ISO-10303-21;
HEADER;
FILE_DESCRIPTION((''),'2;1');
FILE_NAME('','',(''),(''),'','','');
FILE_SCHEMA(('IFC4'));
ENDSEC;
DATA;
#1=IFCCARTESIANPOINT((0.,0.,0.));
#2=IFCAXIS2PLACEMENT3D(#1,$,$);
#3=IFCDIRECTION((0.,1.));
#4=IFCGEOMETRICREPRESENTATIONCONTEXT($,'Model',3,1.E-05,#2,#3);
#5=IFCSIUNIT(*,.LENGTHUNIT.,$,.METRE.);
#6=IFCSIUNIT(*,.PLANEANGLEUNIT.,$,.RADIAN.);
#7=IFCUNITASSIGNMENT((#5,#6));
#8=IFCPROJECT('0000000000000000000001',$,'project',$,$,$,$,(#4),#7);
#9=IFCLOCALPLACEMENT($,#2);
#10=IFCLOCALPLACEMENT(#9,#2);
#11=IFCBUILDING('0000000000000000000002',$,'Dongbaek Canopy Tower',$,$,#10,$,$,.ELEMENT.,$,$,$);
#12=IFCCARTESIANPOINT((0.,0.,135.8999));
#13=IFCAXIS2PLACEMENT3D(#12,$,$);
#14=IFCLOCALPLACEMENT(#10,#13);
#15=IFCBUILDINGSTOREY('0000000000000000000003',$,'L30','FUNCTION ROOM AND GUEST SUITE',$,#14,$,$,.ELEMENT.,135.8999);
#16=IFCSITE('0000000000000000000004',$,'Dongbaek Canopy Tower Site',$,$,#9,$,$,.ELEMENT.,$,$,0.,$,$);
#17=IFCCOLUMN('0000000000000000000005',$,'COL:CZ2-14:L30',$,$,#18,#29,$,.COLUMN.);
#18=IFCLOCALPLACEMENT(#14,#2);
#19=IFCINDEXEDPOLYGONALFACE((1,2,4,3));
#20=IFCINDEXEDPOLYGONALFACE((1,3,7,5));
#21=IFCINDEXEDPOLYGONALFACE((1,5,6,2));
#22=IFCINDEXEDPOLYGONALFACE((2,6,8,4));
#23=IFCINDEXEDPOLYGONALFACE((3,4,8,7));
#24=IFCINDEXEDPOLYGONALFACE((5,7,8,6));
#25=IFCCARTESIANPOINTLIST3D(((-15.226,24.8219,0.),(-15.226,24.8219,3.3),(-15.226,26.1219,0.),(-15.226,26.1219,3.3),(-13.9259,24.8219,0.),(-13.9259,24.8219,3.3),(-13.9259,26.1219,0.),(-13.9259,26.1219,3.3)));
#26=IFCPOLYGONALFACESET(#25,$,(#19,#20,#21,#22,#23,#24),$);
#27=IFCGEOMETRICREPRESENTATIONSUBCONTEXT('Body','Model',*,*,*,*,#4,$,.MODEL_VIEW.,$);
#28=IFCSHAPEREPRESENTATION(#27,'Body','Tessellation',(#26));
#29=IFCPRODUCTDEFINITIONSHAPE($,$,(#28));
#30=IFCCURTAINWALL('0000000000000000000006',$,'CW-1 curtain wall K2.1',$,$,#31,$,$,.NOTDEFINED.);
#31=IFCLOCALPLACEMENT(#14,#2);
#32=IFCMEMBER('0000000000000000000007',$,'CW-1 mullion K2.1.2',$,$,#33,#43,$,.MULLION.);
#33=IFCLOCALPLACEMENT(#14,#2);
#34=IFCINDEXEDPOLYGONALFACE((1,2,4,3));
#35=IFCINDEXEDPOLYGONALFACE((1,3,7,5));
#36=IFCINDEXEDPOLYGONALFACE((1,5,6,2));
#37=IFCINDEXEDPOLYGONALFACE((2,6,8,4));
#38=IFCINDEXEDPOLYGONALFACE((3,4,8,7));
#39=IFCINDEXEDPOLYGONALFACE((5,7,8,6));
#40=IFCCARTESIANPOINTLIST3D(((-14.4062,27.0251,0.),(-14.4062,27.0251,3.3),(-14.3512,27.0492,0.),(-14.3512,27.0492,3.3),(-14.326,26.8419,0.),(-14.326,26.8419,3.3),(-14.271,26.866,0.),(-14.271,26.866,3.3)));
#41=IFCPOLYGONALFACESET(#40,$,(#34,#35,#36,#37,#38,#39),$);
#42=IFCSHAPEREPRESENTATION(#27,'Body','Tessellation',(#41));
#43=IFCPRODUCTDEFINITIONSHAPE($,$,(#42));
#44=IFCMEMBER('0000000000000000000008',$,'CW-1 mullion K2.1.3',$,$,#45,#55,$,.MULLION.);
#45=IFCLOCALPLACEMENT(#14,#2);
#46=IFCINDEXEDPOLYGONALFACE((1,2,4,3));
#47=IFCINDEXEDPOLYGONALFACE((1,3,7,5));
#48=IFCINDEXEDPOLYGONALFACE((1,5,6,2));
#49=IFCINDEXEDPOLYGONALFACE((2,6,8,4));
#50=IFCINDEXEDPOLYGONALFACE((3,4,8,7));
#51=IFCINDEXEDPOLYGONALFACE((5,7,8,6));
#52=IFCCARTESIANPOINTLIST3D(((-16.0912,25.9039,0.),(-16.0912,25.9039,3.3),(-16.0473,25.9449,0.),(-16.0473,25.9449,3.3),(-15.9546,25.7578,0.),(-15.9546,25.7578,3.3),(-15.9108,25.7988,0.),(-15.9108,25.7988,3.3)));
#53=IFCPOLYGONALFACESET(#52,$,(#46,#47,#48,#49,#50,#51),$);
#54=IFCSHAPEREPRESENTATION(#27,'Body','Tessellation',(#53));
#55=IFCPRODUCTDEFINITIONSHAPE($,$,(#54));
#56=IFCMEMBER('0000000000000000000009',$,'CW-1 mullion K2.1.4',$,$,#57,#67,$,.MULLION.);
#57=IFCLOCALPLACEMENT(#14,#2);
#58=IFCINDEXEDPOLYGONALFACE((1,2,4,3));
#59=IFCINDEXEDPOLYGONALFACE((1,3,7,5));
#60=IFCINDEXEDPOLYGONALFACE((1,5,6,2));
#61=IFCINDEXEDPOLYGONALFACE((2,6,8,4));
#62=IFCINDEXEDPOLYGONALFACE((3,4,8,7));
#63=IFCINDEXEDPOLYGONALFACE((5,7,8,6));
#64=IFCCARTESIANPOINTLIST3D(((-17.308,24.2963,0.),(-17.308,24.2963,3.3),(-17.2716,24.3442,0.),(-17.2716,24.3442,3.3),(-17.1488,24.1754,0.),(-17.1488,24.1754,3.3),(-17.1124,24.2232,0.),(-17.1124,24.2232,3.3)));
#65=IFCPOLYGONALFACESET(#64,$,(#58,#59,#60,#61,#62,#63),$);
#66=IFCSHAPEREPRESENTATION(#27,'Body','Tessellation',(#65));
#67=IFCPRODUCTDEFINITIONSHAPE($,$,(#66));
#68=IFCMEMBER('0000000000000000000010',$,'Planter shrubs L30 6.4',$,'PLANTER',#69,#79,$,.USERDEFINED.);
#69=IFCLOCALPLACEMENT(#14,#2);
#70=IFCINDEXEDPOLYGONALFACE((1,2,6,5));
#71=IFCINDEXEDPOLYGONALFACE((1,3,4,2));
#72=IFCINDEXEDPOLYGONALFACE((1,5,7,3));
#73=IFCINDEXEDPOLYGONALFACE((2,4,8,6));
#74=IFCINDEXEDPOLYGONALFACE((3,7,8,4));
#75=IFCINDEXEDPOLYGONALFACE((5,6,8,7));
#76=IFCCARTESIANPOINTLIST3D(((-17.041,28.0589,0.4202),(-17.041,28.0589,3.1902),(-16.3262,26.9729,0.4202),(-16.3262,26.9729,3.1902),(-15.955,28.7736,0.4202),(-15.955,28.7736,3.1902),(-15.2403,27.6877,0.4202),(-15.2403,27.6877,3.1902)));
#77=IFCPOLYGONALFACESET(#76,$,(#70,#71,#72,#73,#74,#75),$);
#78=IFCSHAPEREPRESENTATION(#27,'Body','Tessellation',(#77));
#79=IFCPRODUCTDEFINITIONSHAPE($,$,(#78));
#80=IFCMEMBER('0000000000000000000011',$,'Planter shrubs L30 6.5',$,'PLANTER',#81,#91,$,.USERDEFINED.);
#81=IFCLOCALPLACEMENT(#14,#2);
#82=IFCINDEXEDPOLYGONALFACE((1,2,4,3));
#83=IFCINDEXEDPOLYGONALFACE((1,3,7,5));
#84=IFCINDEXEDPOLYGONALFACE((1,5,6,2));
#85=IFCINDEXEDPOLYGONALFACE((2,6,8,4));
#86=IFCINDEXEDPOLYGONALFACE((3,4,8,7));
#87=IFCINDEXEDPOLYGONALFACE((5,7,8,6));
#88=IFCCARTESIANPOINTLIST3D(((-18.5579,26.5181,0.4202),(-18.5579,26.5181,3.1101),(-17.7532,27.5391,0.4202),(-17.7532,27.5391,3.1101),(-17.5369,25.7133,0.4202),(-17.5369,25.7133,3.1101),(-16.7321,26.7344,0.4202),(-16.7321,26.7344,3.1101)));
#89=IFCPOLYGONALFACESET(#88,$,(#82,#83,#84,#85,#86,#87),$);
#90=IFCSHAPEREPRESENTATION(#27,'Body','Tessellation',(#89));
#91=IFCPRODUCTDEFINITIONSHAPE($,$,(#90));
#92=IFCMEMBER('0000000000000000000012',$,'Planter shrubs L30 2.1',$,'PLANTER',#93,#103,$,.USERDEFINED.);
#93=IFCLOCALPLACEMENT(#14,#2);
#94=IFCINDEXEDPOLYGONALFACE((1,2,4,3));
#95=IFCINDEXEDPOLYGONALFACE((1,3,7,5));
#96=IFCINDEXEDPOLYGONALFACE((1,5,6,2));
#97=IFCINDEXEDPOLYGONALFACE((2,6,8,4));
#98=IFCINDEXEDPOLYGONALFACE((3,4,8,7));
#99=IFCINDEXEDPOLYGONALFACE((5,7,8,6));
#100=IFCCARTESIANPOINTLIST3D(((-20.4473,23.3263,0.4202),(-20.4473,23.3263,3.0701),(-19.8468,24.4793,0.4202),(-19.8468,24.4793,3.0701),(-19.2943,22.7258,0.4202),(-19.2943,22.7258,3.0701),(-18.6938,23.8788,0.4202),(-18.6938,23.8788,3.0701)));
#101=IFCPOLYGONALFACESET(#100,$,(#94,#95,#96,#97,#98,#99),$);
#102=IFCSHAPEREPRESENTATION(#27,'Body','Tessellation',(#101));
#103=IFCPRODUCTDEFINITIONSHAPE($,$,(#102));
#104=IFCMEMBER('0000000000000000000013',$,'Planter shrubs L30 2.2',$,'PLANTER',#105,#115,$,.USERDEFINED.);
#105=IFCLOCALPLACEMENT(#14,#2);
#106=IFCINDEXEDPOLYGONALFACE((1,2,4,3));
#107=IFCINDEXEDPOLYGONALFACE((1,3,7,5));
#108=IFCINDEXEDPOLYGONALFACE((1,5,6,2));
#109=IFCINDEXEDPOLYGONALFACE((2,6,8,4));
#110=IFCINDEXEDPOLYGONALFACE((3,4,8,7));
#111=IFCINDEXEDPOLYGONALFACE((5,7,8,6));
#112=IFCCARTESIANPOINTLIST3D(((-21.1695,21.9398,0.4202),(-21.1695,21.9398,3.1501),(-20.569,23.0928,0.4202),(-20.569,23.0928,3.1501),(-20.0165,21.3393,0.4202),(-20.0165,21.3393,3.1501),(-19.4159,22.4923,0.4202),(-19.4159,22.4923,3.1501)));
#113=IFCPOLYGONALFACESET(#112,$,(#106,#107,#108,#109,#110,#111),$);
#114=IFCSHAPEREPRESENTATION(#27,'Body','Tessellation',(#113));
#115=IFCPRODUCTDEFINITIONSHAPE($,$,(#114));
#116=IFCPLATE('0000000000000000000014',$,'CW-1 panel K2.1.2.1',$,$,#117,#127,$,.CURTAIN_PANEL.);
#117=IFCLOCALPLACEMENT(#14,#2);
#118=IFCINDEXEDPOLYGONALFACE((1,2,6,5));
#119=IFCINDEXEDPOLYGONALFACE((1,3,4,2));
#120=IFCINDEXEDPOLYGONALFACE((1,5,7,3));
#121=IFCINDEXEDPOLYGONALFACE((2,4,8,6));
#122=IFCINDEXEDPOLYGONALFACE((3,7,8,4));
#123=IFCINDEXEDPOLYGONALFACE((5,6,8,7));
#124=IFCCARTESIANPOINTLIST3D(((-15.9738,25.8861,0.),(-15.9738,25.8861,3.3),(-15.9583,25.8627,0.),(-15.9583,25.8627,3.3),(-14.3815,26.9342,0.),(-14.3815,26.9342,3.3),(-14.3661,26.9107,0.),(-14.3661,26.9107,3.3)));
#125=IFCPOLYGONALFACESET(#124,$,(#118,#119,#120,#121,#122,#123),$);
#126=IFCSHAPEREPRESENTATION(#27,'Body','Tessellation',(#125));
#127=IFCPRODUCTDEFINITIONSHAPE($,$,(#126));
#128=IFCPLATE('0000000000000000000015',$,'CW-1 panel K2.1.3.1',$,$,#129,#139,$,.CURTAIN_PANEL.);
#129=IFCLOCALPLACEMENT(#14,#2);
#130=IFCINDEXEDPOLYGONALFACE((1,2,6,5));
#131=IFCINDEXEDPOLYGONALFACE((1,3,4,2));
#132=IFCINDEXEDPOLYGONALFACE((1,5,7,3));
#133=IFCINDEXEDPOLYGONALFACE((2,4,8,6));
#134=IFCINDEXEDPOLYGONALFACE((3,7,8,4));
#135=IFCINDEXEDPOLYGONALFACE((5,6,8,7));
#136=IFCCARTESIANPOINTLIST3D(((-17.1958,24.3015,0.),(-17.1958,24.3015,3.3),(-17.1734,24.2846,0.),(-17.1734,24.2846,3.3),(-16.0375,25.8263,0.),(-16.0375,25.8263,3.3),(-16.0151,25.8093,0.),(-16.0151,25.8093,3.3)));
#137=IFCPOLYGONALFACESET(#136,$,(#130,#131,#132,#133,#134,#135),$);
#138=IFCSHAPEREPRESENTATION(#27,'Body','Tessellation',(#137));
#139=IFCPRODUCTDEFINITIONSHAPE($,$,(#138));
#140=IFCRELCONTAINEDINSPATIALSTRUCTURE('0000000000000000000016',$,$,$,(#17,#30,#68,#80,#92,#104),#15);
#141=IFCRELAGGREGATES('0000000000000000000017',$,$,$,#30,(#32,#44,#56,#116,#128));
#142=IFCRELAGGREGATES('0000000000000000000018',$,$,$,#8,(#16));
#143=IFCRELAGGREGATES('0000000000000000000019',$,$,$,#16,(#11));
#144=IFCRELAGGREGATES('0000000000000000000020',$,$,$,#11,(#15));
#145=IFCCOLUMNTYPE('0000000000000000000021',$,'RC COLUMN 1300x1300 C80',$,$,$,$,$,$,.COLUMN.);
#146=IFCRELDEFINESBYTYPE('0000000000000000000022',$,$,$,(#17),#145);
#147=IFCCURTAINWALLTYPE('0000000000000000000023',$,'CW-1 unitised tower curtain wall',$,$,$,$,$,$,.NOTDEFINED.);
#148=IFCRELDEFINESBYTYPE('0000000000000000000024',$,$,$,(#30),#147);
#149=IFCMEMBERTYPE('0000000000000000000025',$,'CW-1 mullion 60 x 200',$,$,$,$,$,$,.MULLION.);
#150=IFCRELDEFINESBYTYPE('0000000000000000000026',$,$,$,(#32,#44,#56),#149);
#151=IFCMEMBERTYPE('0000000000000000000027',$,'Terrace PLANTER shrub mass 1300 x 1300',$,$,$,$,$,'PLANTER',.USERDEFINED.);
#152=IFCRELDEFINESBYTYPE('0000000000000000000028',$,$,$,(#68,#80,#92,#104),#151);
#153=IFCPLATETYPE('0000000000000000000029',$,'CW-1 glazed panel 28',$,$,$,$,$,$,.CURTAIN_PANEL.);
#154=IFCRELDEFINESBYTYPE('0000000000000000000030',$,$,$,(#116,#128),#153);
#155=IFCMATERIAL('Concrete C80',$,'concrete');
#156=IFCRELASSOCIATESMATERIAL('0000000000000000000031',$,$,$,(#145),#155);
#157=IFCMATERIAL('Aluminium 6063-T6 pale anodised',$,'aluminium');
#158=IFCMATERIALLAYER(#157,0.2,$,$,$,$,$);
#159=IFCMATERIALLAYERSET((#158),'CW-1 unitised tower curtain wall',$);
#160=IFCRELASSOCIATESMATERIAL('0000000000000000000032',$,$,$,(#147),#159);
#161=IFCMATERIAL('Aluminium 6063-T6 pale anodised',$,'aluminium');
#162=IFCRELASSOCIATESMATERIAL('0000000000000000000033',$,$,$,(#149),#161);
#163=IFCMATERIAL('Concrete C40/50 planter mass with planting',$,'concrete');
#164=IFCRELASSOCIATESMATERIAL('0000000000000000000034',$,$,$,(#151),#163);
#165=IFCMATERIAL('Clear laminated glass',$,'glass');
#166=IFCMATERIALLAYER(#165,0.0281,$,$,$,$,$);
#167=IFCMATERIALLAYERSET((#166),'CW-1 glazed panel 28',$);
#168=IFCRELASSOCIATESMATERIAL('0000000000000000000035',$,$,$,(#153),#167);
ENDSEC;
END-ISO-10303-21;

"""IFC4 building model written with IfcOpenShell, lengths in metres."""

from ifc_helpers import new_model, si_unit, direction, frame, origin, origin_2d, place, context, subcontext, project, spatial, rectangle, extrude, material, layer, layer_set, material_profile, profile_set, type_object, element, aggregate, save


model = new_model("IFC4")

# Units and contexts
model_context = context("Model", 3, precision=1e-05, world=origin(), true_north=direction((0.0, 1.0)))
body_context = subcontext(model_context, "Body", "Model", "MODEL_VIEW")
ifc_project = project(units=[si_unit("LENGTHUNIT", "METRE"), si_unit("PLANEANGLEUNIT", "RADIAN")], contexts=[model_context])

# Site, building, storey
site_placement = place(None, origin())
site = spatial("IfcSite", under=ifc_project, at=site_placement, Name="Dongbaek Canopy Tower Site", CompositionType="ELEMENT", RefElevation=0.0)
building_placement = place(site_placement, origin())
building = spatial("IfcBuilding", under=site, at=building_placement, Name="Dongbaek Canopy Tower", CompositionType="ELEMENT")
storey_placement = place(building_placement, frame((0.0, 0.0, 135.8999)))
storey = spatial("IfcBuildingStorey", under=building, at=storey_placement, Name="L30", Description="FUNCTION ROOM AND GUEST SUITE", CompositionType="ELEMENT", Elevation=135.8999)

# Column
ifc_material_1 = material(Name="Concrete C80", Category="concrete")
ifc_material_profile_1 = material_profile(ifc_material_1, rectangle(XDim=1.3, YDim=1.3, at=origin_2d()), Name="RC COLUMN 1300x1300 C80")
ifc_profile_set_1 = profile_set([ifc_material_profile_1], Name="Concrete C80")
column_type = type_object("IfcColumnType", Name="RC COLUMN 1300x1300 C80", PredefinedType="COLUMN", material=ifc_profile_set_1)
column_placement = place(storey_placement, frame((-14.5759, 25.4719, 0.0), z_axis=(0.0, 0.0, 1.0), x_axis=(1.0, 0.0, 0.0)))
element("IfcColumn", 1, at=column_placement, inside=storey, type_object=column_type, Name="COL:CZ2-14:L30", PredefinedType="COLUMN", context=body_context, shape_type="SweptSolid", body=[
    extrude(rectangle(XDim=1.3, YDim=1.3, at=origin_2d()), origin(), (0.0, 0.0, 1.0), 3.3),
])

# Curtain wall, members
ifc_material_2 = material(Name="Aluminium 6063-T6 pale anodised", Category="aluminium")
ifc_layer_1 = layer(ifc_material_2, 0.2)
ifc_layer_set_1 = layer_set([ifc_layer_1], Name="CW-1 unitised tower curtain wall")
curtain_wall_type = type_object("IfcCurtainWallType", Name="CW-1 unitised tower curtain wall", PredefinedType="NOTDEFINED", material=ifc_layer_set_1)
curtain_wall_placement = place(storey_placement, origin())
curtain_wall = element("IfcCurtainWall", 2, at=curtain_wall_placement, inside=storey, type_object=curtain_wall_type, Name="CW-1 curtain wall K2.1", PredefinedType="NOTDEFINED")
ifc_material_3 = material(Name="Aluminium 6063-T6 pale anodised", Category="aluminium")
ifc_material_profile_2 = material_profile(ifc_material_3, rectangle(XDim=0.2, YDim=0.0601, at=origin_2d()), Name="CW-1 mullion 60 x 200")
ifc_profile_set_2 = profile_set([ifc_material_profile_2], Name="Aluminium 6063-T6 pale anodised")
member_type_1 = type_object("IfcMemberType", Name="CW-1 mullion 60 x 200", PredefinedType="MULLION", material=ifc_profile_set_2)
member_1_placement = place(storey_placement, frame((-14.3386, 26.9456, 0.0), z_axis=(0.0, 0.0, 1.0), x_axis=(-0.400999, 0.916079, 0.0)))
member_1 = element("IfcMember", 3, at=member_1_placement, type_object=member_type_1, Name="CW-1 mullion K2.1.2", PredefinedType="MULLION", context=body_context, shape_type="SweptSolid", body=[
    extrude(rectangle(XDim=0.2, YDim=0.0601, at=origin_2d()), origin(), (0.0, 0.0, 1.0), 3.3),
])
member_2_placement = place(storey_placement, frame((-16.001, 25.8513, 0.0), z_axis=(0.0, 0.0, 1.0), x_axis=(-0.682829, 0.730578, 0.0)))
member_2 = element("IfcMember", 4, at=member_2_placement, type_object=member_type_1, Name="CW-1 mullion K2.1.3", PredefinedType="MULLION", context=body_context, shape_type="SweptSolid", body=[
    extrude(rectangle(XDim=0.2, YDim=0.0601, at=origin_2d()), origin(), (0.0, 0.0, 1.0), 3.3),
])
member_3_placement = place(storey_placement, frame((-17.2102, 24.2598, 0.0), z_axis=(0.0, 0.0, 1.0), x_axis=(-0.796291, 0.604914, 0.0)))
member_3 = element("IfcMember", 5, at=member_3_placement, type_object=member_type_1, Name="CW-1 mullion K2.1.4", PredefinedType="MULLION", context=body_context, shape_type="SweptSolid", body=[
    extrude(rectangle(XDim=0.2, YDim=0.0601, at=origin_2d()), origin(), (0.0, 0.0, 1.0), 3.3),
])

# Members
ifc_material_4 = material(Name="Concrete C40/50 planter mass with planting", Category="concrete")
ifc_material_profile_3 = material_profile(ifc_material_4, rectangle(XDim=1.3, YDim=1.3, at=origin_2d()), Name="Terrace PLANTER shrub mass 1300 x 1300")
ifc_profile_set_3 = profile_set([ifc_material_profile_3], Name="Concrete C40/50 planter mass with planting")
member_type_2 = type_object("IfcMemberType", Name="Terrace PLANTER shrub mass 1300 x 1300", ElementType="PLANTER", PredefinedType="USERDEFINED", material=ifc_profile_set_3)
member_4_placement = place(storey_placement, frame((-16.1406, 27.8733, 0.4202), z_axis=(0.0, 0.0, 1.0), x_axis=(-0.549794, 0.835301, 0.0)))
element("IfcMember", 6, at=member_4_placement, inside=storey, type_object=member_type_2, Name="Planter shrubs L30 6.4", ObjectType="PLANTER", PredefinedType="USERDEFINED", context=body_context, shape_type="SweptSolid", body=[
    extrude(rectangle(XDim=1.3, YDim=1.3, at=origin_2d()), origin(), (0.0, 0.0, 1.0), 2.77),
])
member_5_placement = place(storey_placement, frame((-17.645, 26.6262, 0.4202), z_axis=(0.0, 0.0, 1.0), x_axis=(-0.785388, 0.619003, 0.0)))
element("IfcMember", 7, at=member_5_placement, inside=storey, type_object=member_type_2, Name="Planter shrubs L30 6.5", ObjectType="PLANTER", PredefinedType="USERDEFINED", context=body_context, shape_type="SweptSolid", body=[
    extrude(rectangle(XDim=1.3, YDim=1.3, at=origin_2d()), origin(), (0.0, 0.0, 1.0), 2.6899),
])
member_6_placement = place(storey_placement, frame((-19.5706, 23.6025, 0.4202), z_axis=(0.0, 0.0, 1.0), x_axis=(-0.886927, 0.46191, 0.0)))
element("IfcMember", 8, at=member_6_placement, inside=storey, type_object=member_type_2, Name="Planter shrubs L30 2.1", ObjectType="PLANTER", PredefinedType="USERDEFINED", context=body_context, shape_type="SweptSolid", body=[
    extrude(rectangle(XDim=1.3, YDim=1.3, at=origin_2d()), origin(), (0.0, 0.0, 1.0), 2.6499),
])
member_7_placement = place(storey_placement, frame((-20.2927, 22.2161, 0.4202), z_axis=(0.0, 0.0, 1.0), x_axis=(-0.886927, 0.46191, 0.0)))
element("IfcMember", 9, at=member_7_placement, inside=storey, type_object=member_type_2, Name="Planter shrubs L30 2.2", ObjectType="PLANTER", PredefinedType="USERDEFINED", context=body_context, shape_type="SweptSolid", body=[
    extrude(rectangle(XDim=1.3, YDim=1.3, at=origin_2d()), origin(), (0.0, 0.0, 1.0), 2.73),
])

# Plates
ifc_material_5 = material(Name="Clear laminated glass", Category="glass")
ifc_layer_2 = layer(ifc_material_5, 0.0281)
ifc_layer_set_2 = layer_set([ifc_layer_2], Name="CW-1 glazed panel 28")
plate_type = type_object("IfcPlateType", Name="CW-1 glazed panel 28", PredefinedType="CURTAIN_PANEL", material=ifc_layer_set_2)
plate_1_placement = place(storey_placement, frame((-15.1699, 26.3984, 0.0), z_axis=(0.0, 0.0, 1.0), x_axis=(-0.835301, -0.549794, 0.0)))
plate_1 = element("IfcPlate", 10, at=plate_1_placement, type_object=plate_type, Name="CW-1 panel K2.1.2.1", PredefinedType="CURTAIN_PANEL", context=body_context, shape_type="SweptSolid", body=[
    extrude(rectangle(XDim=1.9062, YDim=0.0281, at=origin_2d()), origin(), (0.0, 0.0, 1.0), 3.3),
])
plate_2_placement = place(storey_placement, frame((-16.6055, 25.0554, 0.0), z_axis=(0.0, 0.0, 1.0), x_axis=(-0.604914, -0.796291, 0.0)))
plate_2 = element("IfcPlate", 11, at=plate_2_placement, type_object=plate_type, Name="CW-1 panel K2.1.3.1", PredefinedType="CURTAIN_PANEL", context=body_context, shape_type="SweptSolid", body=[
    extrude(rectangle(XDim=1.9148, YDim=0.0281, at=origin_2d()), origin(), (0.0, 0.0, 1.0), 3.3),
])
aggregate(curtain_wall, [member_1, member_2, member_3, plate_1, plate_2])

save(model, "model.ifc")
